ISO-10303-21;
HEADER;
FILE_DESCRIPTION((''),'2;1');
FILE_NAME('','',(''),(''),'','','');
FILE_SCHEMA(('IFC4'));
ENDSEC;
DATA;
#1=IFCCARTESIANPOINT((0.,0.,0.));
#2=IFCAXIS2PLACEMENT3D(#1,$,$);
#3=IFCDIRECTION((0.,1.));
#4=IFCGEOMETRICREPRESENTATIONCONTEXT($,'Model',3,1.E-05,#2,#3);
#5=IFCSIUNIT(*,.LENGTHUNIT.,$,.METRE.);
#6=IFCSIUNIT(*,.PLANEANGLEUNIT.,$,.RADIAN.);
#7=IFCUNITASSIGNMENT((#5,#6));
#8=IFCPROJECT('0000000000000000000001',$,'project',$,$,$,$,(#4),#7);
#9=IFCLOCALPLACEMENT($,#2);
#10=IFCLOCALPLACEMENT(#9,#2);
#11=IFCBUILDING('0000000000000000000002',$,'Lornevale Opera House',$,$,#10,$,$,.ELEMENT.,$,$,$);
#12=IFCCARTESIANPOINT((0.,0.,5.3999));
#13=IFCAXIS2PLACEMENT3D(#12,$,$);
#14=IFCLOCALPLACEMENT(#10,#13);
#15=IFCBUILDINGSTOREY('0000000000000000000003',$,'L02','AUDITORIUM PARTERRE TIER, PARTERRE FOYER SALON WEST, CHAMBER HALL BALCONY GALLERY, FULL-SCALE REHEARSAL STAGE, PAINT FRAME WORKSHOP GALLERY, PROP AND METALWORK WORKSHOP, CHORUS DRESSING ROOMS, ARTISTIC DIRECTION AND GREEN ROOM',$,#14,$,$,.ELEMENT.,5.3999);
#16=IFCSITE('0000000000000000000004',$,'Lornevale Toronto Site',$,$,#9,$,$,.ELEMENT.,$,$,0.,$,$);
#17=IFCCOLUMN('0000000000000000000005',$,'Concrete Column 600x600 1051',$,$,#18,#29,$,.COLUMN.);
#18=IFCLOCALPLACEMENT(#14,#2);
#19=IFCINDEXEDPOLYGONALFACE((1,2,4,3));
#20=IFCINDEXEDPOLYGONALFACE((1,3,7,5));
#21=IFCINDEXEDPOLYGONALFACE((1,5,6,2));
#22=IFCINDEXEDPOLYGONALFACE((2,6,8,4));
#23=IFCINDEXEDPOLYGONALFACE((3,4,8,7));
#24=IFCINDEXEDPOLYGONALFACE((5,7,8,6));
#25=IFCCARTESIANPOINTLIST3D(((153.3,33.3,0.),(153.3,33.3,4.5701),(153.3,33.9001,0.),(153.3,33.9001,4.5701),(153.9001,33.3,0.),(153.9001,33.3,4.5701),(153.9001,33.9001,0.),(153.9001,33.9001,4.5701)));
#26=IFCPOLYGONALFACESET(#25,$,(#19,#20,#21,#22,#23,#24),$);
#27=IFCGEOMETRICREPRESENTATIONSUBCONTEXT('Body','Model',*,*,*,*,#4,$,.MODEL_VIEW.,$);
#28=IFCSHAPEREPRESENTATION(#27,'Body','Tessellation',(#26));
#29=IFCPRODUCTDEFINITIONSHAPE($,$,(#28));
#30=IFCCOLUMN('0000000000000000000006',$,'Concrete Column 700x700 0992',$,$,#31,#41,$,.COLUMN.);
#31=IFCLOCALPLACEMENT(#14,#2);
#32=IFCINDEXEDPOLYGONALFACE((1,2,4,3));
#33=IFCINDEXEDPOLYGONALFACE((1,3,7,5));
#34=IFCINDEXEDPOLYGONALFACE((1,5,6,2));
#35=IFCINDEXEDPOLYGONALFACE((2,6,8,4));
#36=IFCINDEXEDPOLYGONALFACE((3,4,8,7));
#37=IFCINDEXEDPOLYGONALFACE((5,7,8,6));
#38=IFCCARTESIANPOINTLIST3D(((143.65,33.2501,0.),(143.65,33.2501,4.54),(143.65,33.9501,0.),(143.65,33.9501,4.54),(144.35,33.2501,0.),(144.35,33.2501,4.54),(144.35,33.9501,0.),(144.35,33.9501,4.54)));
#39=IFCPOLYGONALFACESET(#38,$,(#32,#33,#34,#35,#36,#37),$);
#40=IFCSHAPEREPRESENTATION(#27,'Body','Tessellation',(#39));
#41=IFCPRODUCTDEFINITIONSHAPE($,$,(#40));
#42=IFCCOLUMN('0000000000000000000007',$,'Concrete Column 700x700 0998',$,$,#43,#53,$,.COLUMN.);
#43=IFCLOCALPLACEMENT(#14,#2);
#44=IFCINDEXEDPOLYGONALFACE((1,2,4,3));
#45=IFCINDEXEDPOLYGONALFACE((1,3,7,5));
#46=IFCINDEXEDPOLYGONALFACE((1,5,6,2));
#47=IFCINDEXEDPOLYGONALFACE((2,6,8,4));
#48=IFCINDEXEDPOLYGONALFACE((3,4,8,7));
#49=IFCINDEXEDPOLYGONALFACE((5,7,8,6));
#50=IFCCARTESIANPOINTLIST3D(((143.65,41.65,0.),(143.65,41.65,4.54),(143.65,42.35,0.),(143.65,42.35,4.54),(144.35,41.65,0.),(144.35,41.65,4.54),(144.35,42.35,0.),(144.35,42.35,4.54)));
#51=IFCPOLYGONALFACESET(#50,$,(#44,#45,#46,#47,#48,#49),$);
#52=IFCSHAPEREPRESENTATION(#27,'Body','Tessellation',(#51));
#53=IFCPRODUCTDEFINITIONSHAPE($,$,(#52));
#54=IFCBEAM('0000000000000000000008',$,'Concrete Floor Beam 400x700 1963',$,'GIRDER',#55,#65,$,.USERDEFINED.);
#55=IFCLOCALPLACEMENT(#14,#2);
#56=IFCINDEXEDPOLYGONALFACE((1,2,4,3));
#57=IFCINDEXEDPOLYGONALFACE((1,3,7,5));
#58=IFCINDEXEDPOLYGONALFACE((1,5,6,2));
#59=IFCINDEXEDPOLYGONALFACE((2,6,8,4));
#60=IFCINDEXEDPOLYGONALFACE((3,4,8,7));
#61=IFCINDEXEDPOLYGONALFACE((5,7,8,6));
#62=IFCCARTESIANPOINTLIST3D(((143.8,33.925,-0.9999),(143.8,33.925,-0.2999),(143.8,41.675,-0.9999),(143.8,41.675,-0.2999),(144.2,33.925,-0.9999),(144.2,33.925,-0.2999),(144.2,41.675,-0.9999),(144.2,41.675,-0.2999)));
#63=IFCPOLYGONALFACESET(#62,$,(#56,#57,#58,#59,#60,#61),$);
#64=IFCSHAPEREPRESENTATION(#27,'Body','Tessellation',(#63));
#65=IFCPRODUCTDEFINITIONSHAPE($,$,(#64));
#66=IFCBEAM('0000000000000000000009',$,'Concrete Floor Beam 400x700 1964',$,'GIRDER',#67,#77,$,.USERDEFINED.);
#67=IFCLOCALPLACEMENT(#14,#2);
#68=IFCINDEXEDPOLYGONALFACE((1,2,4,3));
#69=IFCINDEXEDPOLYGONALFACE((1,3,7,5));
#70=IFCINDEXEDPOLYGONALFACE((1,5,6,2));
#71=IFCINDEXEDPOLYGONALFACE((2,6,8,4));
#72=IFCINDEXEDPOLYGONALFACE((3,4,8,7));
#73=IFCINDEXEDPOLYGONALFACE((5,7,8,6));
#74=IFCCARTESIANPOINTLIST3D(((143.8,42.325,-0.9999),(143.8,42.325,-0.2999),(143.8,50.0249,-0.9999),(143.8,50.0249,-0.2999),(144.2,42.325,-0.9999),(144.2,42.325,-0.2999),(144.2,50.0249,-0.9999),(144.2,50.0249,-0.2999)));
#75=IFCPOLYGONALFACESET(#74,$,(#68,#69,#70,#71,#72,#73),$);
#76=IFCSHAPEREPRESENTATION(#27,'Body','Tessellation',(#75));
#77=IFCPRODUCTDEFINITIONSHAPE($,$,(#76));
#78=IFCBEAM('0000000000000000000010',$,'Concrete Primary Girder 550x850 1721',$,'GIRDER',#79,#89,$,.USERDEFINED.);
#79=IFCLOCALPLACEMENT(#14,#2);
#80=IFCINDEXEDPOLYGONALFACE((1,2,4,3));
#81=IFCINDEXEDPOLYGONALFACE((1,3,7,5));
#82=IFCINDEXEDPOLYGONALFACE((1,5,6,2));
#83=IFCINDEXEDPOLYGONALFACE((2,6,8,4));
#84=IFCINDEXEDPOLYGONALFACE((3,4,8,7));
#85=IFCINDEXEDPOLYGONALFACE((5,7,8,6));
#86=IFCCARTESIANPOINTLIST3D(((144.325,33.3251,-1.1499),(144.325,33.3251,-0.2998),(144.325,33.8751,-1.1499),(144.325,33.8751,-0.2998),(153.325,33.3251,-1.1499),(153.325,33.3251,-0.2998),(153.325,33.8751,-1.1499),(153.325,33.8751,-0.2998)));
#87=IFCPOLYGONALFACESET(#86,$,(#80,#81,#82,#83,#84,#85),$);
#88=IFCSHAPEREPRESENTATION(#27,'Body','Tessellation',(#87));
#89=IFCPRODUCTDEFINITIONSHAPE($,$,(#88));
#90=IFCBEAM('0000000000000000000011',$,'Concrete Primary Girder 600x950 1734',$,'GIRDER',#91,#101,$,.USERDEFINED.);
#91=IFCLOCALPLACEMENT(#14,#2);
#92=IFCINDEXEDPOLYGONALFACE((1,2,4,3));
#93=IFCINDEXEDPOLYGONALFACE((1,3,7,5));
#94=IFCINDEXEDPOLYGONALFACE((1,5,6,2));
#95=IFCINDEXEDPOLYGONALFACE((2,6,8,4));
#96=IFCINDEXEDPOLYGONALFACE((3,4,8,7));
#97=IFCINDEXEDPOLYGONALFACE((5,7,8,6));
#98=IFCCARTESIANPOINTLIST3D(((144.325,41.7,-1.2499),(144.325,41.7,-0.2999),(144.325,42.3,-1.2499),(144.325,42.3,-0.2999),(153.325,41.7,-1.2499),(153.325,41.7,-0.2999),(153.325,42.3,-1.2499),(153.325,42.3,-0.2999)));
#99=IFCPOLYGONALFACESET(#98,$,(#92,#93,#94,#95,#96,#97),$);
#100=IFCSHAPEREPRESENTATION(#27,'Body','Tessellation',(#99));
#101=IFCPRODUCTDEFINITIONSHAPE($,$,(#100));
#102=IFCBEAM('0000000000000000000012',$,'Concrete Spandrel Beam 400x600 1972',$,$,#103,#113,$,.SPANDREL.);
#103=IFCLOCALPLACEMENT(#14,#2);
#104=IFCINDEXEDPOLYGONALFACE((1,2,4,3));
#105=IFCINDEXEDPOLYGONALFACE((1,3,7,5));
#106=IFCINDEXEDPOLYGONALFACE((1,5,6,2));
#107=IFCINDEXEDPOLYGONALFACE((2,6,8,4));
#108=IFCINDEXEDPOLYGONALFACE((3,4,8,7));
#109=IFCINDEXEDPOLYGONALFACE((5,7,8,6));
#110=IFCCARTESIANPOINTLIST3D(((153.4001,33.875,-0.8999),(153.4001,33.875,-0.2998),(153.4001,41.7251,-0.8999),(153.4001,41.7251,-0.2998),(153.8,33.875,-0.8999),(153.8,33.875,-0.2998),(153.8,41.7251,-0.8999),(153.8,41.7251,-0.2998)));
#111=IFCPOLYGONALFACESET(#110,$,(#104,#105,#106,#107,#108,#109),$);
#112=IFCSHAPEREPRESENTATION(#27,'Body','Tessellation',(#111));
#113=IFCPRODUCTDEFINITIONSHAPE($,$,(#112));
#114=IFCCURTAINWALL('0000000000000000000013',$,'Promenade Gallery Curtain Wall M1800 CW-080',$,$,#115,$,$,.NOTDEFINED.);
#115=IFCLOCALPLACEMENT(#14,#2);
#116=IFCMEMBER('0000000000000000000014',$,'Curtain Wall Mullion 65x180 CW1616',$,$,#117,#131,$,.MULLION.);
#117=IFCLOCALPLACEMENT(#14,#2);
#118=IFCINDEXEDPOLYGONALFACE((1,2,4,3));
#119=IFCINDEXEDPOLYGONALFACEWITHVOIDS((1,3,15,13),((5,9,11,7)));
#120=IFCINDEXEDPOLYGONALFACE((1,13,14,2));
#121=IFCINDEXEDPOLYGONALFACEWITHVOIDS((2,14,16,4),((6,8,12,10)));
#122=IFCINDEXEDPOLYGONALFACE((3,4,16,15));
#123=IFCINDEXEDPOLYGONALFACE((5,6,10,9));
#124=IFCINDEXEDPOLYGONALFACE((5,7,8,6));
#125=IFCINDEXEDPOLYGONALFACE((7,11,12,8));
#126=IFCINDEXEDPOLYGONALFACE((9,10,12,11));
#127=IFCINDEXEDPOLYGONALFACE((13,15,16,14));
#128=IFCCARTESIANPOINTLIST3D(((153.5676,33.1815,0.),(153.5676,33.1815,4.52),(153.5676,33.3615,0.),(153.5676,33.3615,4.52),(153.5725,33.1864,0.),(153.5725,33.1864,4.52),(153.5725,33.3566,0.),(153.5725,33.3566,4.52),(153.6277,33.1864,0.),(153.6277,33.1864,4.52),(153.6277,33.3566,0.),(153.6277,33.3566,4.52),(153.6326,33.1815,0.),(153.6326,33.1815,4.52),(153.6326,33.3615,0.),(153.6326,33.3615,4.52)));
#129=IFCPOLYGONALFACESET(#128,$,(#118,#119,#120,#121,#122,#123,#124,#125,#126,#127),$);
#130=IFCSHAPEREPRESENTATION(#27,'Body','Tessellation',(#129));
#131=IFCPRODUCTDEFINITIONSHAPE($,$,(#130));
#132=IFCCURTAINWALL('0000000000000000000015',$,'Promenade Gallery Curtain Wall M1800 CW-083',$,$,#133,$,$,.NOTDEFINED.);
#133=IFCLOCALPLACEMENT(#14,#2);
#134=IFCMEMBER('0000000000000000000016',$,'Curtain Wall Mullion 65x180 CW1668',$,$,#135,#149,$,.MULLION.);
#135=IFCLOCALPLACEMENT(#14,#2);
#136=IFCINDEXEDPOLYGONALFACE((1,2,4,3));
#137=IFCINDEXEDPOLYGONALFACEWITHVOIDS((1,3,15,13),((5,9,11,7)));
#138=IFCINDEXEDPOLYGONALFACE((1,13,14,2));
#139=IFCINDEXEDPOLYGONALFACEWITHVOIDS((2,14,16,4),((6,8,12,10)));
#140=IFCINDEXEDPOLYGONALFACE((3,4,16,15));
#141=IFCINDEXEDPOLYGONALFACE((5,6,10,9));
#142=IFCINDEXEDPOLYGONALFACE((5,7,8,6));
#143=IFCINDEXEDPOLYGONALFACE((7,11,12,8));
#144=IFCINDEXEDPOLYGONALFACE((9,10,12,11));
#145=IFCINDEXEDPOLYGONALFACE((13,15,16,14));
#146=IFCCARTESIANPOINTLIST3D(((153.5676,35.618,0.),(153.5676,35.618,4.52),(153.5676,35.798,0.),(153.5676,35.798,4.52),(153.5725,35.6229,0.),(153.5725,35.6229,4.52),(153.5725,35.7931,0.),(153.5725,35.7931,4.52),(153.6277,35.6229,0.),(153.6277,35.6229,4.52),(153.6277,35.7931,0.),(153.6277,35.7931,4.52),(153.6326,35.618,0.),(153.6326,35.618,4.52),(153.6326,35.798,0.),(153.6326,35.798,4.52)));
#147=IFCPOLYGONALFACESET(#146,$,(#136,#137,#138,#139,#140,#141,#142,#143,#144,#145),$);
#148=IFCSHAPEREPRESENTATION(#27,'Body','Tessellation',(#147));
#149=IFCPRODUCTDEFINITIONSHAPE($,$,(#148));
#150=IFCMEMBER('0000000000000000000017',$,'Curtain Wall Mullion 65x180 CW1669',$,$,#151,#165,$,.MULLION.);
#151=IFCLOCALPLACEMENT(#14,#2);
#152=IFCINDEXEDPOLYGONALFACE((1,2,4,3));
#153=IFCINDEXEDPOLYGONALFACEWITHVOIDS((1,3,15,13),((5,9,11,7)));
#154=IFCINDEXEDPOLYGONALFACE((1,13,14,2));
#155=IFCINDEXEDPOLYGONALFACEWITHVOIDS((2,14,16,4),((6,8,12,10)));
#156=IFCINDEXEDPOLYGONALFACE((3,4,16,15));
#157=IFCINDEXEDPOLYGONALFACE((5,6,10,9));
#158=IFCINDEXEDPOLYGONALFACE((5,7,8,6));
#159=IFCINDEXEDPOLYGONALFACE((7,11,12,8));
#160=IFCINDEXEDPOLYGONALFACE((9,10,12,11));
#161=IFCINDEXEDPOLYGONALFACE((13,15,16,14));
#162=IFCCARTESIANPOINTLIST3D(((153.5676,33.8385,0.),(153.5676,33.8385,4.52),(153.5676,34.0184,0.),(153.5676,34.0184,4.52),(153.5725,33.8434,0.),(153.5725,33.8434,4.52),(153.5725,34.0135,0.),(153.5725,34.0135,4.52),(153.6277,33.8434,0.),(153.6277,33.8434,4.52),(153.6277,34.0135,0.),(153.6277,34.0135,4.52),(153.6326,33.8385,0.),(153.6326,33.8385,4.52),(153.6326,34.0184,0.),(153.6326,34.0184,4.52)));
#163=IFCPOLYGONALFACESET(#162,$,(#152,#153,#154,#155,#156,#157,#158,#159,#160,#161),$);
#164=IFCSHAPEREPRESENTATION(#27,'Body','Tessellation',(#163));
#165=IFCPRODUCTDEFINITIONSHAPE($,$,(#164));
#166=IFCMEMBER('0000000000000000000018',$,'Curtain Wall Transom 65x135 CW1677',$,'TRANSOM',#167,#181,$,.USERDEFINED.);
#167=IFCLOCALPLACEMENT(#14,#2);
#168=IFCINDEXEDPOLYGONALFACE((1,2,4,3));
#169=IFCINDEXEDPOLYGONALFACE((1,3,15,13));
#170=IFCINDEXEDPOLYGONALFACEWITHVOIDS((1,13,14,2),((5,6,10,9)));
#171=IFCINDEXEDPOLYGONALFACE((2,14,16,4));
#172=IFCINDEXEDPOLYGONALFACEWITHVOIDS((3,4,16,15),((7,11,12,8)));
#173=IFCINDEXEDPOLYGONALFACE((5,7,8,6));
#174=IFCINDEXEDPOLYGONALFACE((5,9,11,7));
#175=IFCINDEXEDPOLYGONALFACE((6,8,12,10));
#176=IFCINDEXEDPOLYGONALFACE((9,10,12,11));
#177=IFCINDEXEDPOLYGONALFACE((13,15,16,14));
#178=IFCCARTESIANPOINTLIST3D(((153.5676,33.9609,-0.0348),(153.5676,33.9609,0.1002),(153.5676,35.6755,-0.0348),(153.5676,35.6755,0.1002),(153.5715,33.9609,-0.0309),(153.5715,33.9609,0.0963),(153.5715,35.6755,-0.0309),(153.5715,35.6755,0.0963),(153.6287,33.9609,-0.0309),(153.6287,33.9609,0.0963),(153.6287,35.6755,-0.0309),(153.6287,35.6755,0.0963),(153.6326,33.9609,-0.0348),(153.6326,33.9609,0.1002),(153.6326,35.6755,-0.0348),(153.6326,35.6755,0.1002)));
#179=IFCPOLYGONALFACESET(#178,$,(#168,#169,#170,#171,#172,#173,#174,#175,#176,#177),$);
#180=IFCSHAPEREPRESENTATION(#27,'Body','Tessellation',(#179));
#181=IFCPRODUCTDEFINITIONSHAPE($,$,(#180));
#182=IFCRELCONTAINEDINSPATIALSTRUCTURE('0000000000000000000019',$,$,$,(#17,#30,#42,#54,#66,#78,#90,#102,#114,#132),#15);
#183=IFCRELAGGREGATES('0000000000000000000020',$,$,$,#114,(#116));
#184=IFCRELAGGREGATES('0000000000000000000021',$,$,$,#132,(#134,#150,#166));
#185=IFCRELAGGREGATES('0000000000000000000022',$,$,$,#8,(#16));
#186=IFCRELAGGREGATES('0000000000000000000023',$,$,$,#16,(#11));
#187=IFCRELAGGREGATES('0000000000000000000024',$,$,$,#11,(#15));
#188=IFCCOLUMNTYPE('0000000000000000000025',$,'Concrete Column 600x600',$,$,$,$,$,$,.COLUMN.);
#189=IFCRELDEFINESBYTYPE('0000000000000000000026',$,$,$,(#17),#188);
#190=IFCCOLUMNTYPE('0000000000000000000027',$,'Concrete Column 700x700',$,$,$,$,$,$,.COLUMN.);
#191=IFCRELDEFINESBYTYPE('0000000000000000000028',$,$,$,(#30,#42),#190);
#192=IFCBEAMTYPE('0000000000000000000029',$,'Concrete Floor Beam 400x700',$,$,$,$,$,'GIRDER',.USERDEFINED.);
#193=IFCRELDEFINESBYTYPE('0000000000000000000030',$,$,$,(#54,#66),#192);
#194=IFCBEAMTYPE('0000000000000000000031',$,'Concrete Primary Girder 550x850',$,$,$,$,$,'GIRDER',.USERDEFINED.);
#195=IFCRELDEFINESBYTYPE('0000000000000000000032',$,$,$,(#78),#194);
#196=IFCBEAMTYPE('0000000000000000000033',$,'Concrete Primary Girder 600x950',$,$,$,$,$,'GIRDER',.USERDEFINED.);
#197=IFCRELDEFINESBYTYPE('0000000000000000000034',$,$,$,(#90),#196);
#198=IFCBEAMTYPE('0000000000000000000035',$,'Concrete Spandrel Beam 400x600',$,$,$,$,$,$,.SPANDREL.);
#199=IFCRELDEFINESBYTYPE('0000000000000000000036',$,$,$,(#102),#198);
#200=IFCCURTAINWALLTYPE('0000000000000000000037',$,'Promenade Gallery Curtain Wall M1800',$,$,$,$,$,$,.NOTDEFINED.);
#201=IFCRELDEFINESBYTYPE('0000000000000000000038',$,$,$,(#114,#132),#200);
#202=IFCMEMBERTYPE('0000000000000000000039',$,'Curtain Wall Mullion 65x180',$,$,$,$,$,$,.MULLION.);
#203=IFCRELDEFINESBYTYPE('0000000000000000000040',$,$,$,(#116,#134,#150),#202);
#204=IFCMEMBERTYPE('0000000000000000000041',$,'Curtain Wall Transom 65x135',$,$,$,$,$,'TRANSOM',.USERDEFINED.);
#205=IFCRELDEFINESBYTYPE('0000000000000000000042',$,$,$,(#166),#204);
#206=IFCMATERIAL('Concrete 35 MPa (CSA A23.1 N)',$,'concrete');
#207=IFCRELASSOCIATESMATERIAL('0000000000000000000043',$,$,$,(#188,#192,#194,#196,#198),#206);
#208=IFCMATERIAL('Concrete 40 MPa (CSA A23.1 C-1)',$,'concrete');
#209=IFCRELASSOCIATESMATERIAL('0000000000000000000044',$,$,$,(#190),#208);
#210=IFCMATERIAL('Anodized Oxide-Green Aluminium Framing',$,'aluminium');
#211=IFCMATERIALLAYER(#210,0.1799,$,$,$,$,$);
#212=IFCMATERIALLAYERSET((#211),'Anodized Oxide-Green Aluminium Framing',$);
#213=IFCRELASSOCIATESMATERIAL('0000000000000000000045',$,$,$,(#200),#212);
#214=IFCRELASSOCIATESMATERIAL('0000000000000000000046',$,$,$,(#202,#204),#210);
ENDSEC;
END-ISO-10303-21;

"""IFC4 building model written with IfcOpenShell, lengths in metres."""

from ifc_helpers import new_model, si_unit, direction, frame, origin, origin_2d, place, context, subcontext, project, spatial, rectangle, hollow_rectangle, extrude, material, layer, layer_set, material_profile, profile_set, type_object, element, aggregate, save


model = new_model("IFC4")

# Units and contexts
model_context = context("Model", 3, precision=1e-05, world=origin(), true_north=direction((0.0, 1.0)))
body_context = subcontext(model_context, "Body", "Model", "MODEL_VIEW")
ifc_project = project(units=[si_unit("LENGTHUNIT", "METRE"), si_unit("PLANEANGLEUNIT", "RADIAN")], contexts=[model_context])

# Site, building, storey
site_placement = place(None, origin())
site = spatial("IfcSite", under=ifc_project, at=site_placement, Name="Lornevale Toronto Site", CompositionType="ELEMENT", RefElevation=0.0)
building_placement = place(site_placement, origin())
building = spatial("IfcBuilding", under=site, at=building_placement, Name="Lornevale Opera House", CompositionType="ELEMENT")
storey_placement = place(building_placement, frame((0.0, 0.0, 5.3999)))
storey = spatial("IfcBuildingStorey", under=building, at=storey_placement, Name="L02", Description="AUDITORIUM PARTERRE TIER, PARTERRE FOYER SALON WEST, CHAMBER HALL BALCONY GALLERY, FULL-SCALE REHEARSAL STAGE, PAINT FRAME WORKSHOP GALLERY, PROP AND METALWORK WORKSHOP, CHORUS DRESSING ROOMS, ARTISTIC DIRECTION AND GREEN ROOM", CompositionType="ELEMENT", Elevation=5.3999)

# Columns
ifc_material_1 = material(Name="Concrete 35 MPa (CSA A23.1 N)", Category="concrete")
ifc_material_profile_1 = material_profile(ifc_material_1, rectangle(XDim=0.6001, YDim=0.6001, at=origin_2d()), Name="RC600x600")
ifc_profile_set_1 = profile_set([ifc_material_profile_1], Name="Concrete 35 MPa (CSA A23.1 N)")
column_type_1 = type_object("IfcColumnType", Name="Concrete Column 600x600", PredefinedType="COLUMN", material=ifc_profile_set_1)
column_placement = place(storey_placement, frame((153.6001, 33.6001, 0.0), z_axis=(0.0, 0.0, 1.0), x_axis=(1.0, 0.0, 0.0)))
element("IfcColumn", 1, at=column_placement, inside=storey, type_object=column_type_1, Name="Concrete Column 600x600 1051", PredefinedType="COLUMN", context=body_context, shape_type="SweptSolid", body=[
    extrude(rectangle(XDim=0.6001, YDim=0.6001, at=origin_2d()), origin(), (0.0, 0.0, 1.0), 4.5701),
])
ifc_material_2 = material(Name="Concrete 40 MPa (CSA A23.1 C-1)", Category="concrete")
ifc_material_profile_2 = material_profile(ifc_material_2, rectangle(XDim=0.7, YDim=0.7, at=origin_2d()), Name="RC700x700")
ifc_profile_set_2 = profile_set([ifc_material_profile_2], Name="Concrete 40 MPa (CSA A23.1 C-1)")
column_type_2 = type_object("IfcColumnType", Name="Concrete Column 700x700", PredefinedType="COLUMN", material=ifc_profile_set_2)
for number, where, z_axis, x_axis, name in (
    (2, (144.0, 33.6001, 0.0), (0.0, 0.0, 1.0), (1.0, 0.0, 0.0), "Concrete Column 700x700 0992"),
    (3, (144.0, 42.0, 0.0), (0.0, 0.0, 1.0), (1.0, 0.0, 0.0), "Concrete Column 700x700 0998"),
):
    element("IfcColumn", number, at=place(storey_placement, frame(where, z_axis=z_axis, x_axis=x_axis)), inside=storey, type_object=column_type_2, Name=name, PredefinedType="COLUMN", context=body_context, shape_type="SweptSolid", body=[
        extrude(rectangle(XDim=0.7, YDim=0.7, at=origin_2d()), origin(), (0.0, 0.0, 1.0), 4.54),
    ])

# Beams
ifc_material_profile_3 = material_profile(ifc_material_1, rectangle(XDim=0.3999, YDim=0.7, at=origin_2d()), Name="RC400x700")
ifc_profile_set_3 = profile_set([ifc_material_profile_3], Name="Concrete 35 MPa (CSA A23.1 N)")
beam_type_1 = type_object("IfcBeamType", Name="Concrete Floor Beam 400x700", ElementType="GIRDER", PredefinedType="USERDEFINED", material=ifc_profile_set_3)
beam_1_placement = place(storey_placement, frame((144.0, 33.925, -0.6499), z_axis=(0.0, 1.0, 0.0), x_axis=(-1.0, 0.0, 0.0)))
element("IfcBeam", 4, at=beam_1_placement, inside=storey, type_object=beam_type_1, Name="Concrete Floor Beam 400x700 1963", ObjectType="GIRDER", PredefinedType="USERDEFINED", context=body_context, shape_type="SweptSolid", body=[
    extrude(rectangle(XDim=0.3999, YDim=0.7, at=origin_2d()), origin(), (0.0, 0.0, 1.0), 7.75),
])
beam_2_placement = place(storey_placement, frame((144.0, 42.325, -0.6499), z_axis=(0.0, 1.0, 0.0), x_axis=(-1.0, 0.0, 0.0)))
element("IfcBeam", 5, at=beam_2_placement, inside=storey, type_object=beam_type_1, Name="Concrete Floor Beam 400x700 1964", ObjectType="GIRDER", PredefinedType="USERDEFINED", context=body_context, shape_type="SweptSolid", body=[
    extrude(rectangle(XDim=0.3999, YDim=0.7, at=origin_2d()), origin(), (0.0, 0.0, 1.0), 7.7),
])
ifc_material_profile_4 = material_profile(ifc_material_1, rectangle(XDim=0.55, YDim=0.8501, at=origin_2d()), Name="RC550x850")
ifc_profile_set_4 = profile_set([ifc_material_profile_4], Name="Concrete 35 MPa (CSA A23.1 N)")
beam_type_2 = type_object("IfcBeamType", Name="Concrete Primary Girder 550x850", ElementType="GIRDER", PredefinedType="USERDEFINED", material=ifc_profile_set_4)
beam_3_placement = place(storey_placement, frame((144.325, 33.6001, -0.7249), z_axis=(1.0, 0.0, 0.0), x_axis=(0.0, 1.0, 0.0)))
element("IfcBeam", 6, at=beam_3_placement, inside=storey, type_object=beam_type_2, Name="Concrete Primary Girder 550x850 1721", ObjectType="GIRDER", PredefinedType="USERDEFINED", context=body_context, shape_type="SweptSolid", body=[
    extrude(rectangle(XDim=0.55, YDim=0.8501, at=origin_2d()), origin(), (0.0, 0.0, 1.0), 9.0),
])
ifc_material_profile_5 = material_profile(ifc_material_1, rectangle(XDim=0.6001, YDim=0.95, at=origin_2d()), Name="RC600x950")
ifc_profile_set_5 = profile_set([ifc_material_profile_5], Name="Concrete 35 MPa (CSA A23.1 N)")
beam_type_3 = type_object("IfcBeamType", Name="Concrete Primary Girder 600x950", ElementType="GIRDER", PredefinedType="USERDEFINED", material=ifc_profile_set_5)
beam_4_placement = place(storey_placement, frame((144.325, 42.0, -0.7749), z_axis=(1.0, 0.0, 0.0), x_axis=(0.0, 1.0, 0.0)))
element("IfcBeam", 7, at=beam_4_placement, inside=storey, type_object=beam_type_3, Name="Concrete Primary Girder 600x950 1734", ObjectType="GIRDER", PredefinedType="USERDEFINED", context=body_context, shape_type="SweptSolid", body=[
    extrude(rectangle(XDim=0.6001, YDim=0.95, at=origin_2d()), origin(), (0.0, 0.0, 1.0), 9.0),
])
ifc_material_profile_6 = material_profile(ifc_material_1, rectangle(XDim=0.3999, YDim=0.6001, at=origin_2d()), Name="RC400x600")
ifc_profile_set_6 = profile_set([ifc_material_profile_6], Name="Concrete 35 MPa (CSA A23.1 N)")
beam_type_4 = type_object("IfcBeamType", Name="Concrete Spandrel Beam 400x600", PredefinedType="SPANDREL", material=ifc_profile_set_6)
beam_5_placement = place(storey_placement, frame((153.6001, 33.875, -0.5999), z_axis=(0.0, 1.0, 0.0), x_axis=(-1.0, 0.0, 0.0)))
element("IfcBeam", 8, at=beam_5_placement, inside=storey, type_object=beam_type_4, Name="Concrete Spandrel Beam 400x600 1972", PredefinedType="SPANDREL", context=body_context, shape_type="SweptSolid", body=[
    extrude(rectangle(XDim=0.3999, YDim=0.6001, at=origin_2d()), origin(), (0.0, 0.0, 1.0), 7.8501),
])

# Curtain wall, member
ifc_material_3 = material(Name="Anodized Oxide-Green Aluminium Framing", Category="aluminium")
ifc_layer_1 = layer(ifc_material_3, 0.1799)
ifc_layer_set_1 = layer_set([ifc_layer_1], Name="Anodized Oxide-Green Aluminium Framing")
curtain_wall_type = type_object("IfcCurtainWallType", Name="Promenade Gallery Curtain Wall M1800", PredefinedType="NOTDEFINED", material=ifc_layer_set_1)
curtain_wall_1_placement = place(storey_placement, origin())
curtain_wall_1 = element("IfcCurtainWall", 9, at=curtain_wall_1_placement, inside=storey, type_object=curtain_wall_type, Name="Promenade Gallery Curtain Wall M1800 CW-080", PredefinedType="NOTDEFINED")
ifc_material_profile_7 = material_profile(ifc_material_3, hollow_rectangle(XDim=0.0649, YDim=0.1799, WallThickness=0.0049, at=origin_2d()), Name="ALU65x180x5")
ifc_profile_set_7 = profile_set([ifc_material_profile_7], Name="Anodized Oxide-Green Aluminium Framing")
member_type_1 = type_object("IfcMemberType", Name="Curtain Wall Mullion 65x180", PredefinedType="MULLION", material=ifc_profile_set_7)
member_1_placement = place(storey_placement, frame((153.6001, 33.2715, 0.0), z_axis=(0.0, 0.0, 1.0), x_axis=(1.0, 0.0, 0.0)))
member_1 = element("IfcMember", 10, at=member_1_placement, type_object=member_type_1, Name="Curtain Wall Mullion 65x180 CW1616", PredefinedType="MULLION", context=body_context, shape_type="SweptSolid", body=[
    extrude(hollow_rectangle(XDim=0.0649, YDim=0.1799, WallThickness=0.0049, at=origin_2d()), origin(), (0.0, 0.0, 1.0), 4.52),
])
aggregate(curtain_wall_1, [member_1])

# Curtain wall, members
curtain_wall_2_placement = place(storey_placement, origin())
curtain_wall_2 = element("IfcCurtainWall", 11, at=curtain_wall_2_placement, inside=storey, type_object=curtain_wall_type, Name="Promenade Gallery Curtain Wall M1800 CW-083", PredefinedType="NOTDEFINED")
member_2_placement = place(storey_placement, frame((153.6001, 35.708, 0.0), z_axis=(0.0, 0.0, 1.0), x_axis=(1.0, 0.0, 0.0)))
member_2 = element("IfcMember", 12, at=member_2_placement, type_object=member_type_1, Name="Curtain Wall Mullion 65x180 CW1668", PredefinedType="MULLION", context=body_context, shape_type="SweptSolid", body=[
    extrude(hollow_rectangle(XDim=0.0649, YDim=0.1799, WallThickness=0.0049, at=origin_2d()), origin(), (0.0, 0.0, 1.0), 4.52),
])
member_3_placement = place(storey_placement, frame((153.6001, 33.9285, 0.0), z_axis=(0.0, 0.0, 1.0), x_axis=(1.0, 0.0, 0.0)))
member_3 = element("IfcMember", 13, at=member_3_placement, type_object=member_type_1, Name="Curtain Wall Mullion 65x180 CW1669", PredefinedType="MULLION", context=body_context, shape_type="SweptSolid", body=[
    extrude(hollow_rectangle(XDim=0.0649, YDim=0.1799, WallThickness=0.0049, at=origin_2d()), origin(), (0.0, 0.0, 1.0), 4.52),
])
ifc_material_profile_8 = material_profile(ifc_material_3, hollow_rectangle(XDim=0.0649, YDim=0.135, WallThickness=0.0039, at=origin_2d()), Name="ALU65x135x4")
ifc_profile_set_8 = profile_set([ifc_material_profile_8], Name="Anodized Oxide-Green Aluminium Framing")
member_type_2 = type_object("IfcMemberType", Name="Curtain Wall Transom 65x135", ElementType="TRANSOM", PredefinedType="USERDEFINED", material=ifc_profile_set_8)
member_4_placement = place(storey_placement, frame((153.6001, 35.6755, 0.0327), z_axis=(0.0, -1.0, 0.0), x_axis=(1.0, 0.0, 0.0)))
member_4 = element("IfcMember", 14, at=member_4_placement, type_object=member_type_2, Name="Curtain Wall Transom 65x135 CW1677", ObjectType="TRANSOM", PredefinedType="USERDEFINED", context=body_context, shape_type="SweptSolid", body=[
    extrude(hollow_rectangle(XDim=0.0649, YDim=0.135, WallThickness=0.0039, at=origin_2d()), origin(), (0.0, 0.0, 1.0), 1.7146),
])

aggregate(curtain_wall_2, [member_2, member_3, member_4])

save(model, "model.ifc")
